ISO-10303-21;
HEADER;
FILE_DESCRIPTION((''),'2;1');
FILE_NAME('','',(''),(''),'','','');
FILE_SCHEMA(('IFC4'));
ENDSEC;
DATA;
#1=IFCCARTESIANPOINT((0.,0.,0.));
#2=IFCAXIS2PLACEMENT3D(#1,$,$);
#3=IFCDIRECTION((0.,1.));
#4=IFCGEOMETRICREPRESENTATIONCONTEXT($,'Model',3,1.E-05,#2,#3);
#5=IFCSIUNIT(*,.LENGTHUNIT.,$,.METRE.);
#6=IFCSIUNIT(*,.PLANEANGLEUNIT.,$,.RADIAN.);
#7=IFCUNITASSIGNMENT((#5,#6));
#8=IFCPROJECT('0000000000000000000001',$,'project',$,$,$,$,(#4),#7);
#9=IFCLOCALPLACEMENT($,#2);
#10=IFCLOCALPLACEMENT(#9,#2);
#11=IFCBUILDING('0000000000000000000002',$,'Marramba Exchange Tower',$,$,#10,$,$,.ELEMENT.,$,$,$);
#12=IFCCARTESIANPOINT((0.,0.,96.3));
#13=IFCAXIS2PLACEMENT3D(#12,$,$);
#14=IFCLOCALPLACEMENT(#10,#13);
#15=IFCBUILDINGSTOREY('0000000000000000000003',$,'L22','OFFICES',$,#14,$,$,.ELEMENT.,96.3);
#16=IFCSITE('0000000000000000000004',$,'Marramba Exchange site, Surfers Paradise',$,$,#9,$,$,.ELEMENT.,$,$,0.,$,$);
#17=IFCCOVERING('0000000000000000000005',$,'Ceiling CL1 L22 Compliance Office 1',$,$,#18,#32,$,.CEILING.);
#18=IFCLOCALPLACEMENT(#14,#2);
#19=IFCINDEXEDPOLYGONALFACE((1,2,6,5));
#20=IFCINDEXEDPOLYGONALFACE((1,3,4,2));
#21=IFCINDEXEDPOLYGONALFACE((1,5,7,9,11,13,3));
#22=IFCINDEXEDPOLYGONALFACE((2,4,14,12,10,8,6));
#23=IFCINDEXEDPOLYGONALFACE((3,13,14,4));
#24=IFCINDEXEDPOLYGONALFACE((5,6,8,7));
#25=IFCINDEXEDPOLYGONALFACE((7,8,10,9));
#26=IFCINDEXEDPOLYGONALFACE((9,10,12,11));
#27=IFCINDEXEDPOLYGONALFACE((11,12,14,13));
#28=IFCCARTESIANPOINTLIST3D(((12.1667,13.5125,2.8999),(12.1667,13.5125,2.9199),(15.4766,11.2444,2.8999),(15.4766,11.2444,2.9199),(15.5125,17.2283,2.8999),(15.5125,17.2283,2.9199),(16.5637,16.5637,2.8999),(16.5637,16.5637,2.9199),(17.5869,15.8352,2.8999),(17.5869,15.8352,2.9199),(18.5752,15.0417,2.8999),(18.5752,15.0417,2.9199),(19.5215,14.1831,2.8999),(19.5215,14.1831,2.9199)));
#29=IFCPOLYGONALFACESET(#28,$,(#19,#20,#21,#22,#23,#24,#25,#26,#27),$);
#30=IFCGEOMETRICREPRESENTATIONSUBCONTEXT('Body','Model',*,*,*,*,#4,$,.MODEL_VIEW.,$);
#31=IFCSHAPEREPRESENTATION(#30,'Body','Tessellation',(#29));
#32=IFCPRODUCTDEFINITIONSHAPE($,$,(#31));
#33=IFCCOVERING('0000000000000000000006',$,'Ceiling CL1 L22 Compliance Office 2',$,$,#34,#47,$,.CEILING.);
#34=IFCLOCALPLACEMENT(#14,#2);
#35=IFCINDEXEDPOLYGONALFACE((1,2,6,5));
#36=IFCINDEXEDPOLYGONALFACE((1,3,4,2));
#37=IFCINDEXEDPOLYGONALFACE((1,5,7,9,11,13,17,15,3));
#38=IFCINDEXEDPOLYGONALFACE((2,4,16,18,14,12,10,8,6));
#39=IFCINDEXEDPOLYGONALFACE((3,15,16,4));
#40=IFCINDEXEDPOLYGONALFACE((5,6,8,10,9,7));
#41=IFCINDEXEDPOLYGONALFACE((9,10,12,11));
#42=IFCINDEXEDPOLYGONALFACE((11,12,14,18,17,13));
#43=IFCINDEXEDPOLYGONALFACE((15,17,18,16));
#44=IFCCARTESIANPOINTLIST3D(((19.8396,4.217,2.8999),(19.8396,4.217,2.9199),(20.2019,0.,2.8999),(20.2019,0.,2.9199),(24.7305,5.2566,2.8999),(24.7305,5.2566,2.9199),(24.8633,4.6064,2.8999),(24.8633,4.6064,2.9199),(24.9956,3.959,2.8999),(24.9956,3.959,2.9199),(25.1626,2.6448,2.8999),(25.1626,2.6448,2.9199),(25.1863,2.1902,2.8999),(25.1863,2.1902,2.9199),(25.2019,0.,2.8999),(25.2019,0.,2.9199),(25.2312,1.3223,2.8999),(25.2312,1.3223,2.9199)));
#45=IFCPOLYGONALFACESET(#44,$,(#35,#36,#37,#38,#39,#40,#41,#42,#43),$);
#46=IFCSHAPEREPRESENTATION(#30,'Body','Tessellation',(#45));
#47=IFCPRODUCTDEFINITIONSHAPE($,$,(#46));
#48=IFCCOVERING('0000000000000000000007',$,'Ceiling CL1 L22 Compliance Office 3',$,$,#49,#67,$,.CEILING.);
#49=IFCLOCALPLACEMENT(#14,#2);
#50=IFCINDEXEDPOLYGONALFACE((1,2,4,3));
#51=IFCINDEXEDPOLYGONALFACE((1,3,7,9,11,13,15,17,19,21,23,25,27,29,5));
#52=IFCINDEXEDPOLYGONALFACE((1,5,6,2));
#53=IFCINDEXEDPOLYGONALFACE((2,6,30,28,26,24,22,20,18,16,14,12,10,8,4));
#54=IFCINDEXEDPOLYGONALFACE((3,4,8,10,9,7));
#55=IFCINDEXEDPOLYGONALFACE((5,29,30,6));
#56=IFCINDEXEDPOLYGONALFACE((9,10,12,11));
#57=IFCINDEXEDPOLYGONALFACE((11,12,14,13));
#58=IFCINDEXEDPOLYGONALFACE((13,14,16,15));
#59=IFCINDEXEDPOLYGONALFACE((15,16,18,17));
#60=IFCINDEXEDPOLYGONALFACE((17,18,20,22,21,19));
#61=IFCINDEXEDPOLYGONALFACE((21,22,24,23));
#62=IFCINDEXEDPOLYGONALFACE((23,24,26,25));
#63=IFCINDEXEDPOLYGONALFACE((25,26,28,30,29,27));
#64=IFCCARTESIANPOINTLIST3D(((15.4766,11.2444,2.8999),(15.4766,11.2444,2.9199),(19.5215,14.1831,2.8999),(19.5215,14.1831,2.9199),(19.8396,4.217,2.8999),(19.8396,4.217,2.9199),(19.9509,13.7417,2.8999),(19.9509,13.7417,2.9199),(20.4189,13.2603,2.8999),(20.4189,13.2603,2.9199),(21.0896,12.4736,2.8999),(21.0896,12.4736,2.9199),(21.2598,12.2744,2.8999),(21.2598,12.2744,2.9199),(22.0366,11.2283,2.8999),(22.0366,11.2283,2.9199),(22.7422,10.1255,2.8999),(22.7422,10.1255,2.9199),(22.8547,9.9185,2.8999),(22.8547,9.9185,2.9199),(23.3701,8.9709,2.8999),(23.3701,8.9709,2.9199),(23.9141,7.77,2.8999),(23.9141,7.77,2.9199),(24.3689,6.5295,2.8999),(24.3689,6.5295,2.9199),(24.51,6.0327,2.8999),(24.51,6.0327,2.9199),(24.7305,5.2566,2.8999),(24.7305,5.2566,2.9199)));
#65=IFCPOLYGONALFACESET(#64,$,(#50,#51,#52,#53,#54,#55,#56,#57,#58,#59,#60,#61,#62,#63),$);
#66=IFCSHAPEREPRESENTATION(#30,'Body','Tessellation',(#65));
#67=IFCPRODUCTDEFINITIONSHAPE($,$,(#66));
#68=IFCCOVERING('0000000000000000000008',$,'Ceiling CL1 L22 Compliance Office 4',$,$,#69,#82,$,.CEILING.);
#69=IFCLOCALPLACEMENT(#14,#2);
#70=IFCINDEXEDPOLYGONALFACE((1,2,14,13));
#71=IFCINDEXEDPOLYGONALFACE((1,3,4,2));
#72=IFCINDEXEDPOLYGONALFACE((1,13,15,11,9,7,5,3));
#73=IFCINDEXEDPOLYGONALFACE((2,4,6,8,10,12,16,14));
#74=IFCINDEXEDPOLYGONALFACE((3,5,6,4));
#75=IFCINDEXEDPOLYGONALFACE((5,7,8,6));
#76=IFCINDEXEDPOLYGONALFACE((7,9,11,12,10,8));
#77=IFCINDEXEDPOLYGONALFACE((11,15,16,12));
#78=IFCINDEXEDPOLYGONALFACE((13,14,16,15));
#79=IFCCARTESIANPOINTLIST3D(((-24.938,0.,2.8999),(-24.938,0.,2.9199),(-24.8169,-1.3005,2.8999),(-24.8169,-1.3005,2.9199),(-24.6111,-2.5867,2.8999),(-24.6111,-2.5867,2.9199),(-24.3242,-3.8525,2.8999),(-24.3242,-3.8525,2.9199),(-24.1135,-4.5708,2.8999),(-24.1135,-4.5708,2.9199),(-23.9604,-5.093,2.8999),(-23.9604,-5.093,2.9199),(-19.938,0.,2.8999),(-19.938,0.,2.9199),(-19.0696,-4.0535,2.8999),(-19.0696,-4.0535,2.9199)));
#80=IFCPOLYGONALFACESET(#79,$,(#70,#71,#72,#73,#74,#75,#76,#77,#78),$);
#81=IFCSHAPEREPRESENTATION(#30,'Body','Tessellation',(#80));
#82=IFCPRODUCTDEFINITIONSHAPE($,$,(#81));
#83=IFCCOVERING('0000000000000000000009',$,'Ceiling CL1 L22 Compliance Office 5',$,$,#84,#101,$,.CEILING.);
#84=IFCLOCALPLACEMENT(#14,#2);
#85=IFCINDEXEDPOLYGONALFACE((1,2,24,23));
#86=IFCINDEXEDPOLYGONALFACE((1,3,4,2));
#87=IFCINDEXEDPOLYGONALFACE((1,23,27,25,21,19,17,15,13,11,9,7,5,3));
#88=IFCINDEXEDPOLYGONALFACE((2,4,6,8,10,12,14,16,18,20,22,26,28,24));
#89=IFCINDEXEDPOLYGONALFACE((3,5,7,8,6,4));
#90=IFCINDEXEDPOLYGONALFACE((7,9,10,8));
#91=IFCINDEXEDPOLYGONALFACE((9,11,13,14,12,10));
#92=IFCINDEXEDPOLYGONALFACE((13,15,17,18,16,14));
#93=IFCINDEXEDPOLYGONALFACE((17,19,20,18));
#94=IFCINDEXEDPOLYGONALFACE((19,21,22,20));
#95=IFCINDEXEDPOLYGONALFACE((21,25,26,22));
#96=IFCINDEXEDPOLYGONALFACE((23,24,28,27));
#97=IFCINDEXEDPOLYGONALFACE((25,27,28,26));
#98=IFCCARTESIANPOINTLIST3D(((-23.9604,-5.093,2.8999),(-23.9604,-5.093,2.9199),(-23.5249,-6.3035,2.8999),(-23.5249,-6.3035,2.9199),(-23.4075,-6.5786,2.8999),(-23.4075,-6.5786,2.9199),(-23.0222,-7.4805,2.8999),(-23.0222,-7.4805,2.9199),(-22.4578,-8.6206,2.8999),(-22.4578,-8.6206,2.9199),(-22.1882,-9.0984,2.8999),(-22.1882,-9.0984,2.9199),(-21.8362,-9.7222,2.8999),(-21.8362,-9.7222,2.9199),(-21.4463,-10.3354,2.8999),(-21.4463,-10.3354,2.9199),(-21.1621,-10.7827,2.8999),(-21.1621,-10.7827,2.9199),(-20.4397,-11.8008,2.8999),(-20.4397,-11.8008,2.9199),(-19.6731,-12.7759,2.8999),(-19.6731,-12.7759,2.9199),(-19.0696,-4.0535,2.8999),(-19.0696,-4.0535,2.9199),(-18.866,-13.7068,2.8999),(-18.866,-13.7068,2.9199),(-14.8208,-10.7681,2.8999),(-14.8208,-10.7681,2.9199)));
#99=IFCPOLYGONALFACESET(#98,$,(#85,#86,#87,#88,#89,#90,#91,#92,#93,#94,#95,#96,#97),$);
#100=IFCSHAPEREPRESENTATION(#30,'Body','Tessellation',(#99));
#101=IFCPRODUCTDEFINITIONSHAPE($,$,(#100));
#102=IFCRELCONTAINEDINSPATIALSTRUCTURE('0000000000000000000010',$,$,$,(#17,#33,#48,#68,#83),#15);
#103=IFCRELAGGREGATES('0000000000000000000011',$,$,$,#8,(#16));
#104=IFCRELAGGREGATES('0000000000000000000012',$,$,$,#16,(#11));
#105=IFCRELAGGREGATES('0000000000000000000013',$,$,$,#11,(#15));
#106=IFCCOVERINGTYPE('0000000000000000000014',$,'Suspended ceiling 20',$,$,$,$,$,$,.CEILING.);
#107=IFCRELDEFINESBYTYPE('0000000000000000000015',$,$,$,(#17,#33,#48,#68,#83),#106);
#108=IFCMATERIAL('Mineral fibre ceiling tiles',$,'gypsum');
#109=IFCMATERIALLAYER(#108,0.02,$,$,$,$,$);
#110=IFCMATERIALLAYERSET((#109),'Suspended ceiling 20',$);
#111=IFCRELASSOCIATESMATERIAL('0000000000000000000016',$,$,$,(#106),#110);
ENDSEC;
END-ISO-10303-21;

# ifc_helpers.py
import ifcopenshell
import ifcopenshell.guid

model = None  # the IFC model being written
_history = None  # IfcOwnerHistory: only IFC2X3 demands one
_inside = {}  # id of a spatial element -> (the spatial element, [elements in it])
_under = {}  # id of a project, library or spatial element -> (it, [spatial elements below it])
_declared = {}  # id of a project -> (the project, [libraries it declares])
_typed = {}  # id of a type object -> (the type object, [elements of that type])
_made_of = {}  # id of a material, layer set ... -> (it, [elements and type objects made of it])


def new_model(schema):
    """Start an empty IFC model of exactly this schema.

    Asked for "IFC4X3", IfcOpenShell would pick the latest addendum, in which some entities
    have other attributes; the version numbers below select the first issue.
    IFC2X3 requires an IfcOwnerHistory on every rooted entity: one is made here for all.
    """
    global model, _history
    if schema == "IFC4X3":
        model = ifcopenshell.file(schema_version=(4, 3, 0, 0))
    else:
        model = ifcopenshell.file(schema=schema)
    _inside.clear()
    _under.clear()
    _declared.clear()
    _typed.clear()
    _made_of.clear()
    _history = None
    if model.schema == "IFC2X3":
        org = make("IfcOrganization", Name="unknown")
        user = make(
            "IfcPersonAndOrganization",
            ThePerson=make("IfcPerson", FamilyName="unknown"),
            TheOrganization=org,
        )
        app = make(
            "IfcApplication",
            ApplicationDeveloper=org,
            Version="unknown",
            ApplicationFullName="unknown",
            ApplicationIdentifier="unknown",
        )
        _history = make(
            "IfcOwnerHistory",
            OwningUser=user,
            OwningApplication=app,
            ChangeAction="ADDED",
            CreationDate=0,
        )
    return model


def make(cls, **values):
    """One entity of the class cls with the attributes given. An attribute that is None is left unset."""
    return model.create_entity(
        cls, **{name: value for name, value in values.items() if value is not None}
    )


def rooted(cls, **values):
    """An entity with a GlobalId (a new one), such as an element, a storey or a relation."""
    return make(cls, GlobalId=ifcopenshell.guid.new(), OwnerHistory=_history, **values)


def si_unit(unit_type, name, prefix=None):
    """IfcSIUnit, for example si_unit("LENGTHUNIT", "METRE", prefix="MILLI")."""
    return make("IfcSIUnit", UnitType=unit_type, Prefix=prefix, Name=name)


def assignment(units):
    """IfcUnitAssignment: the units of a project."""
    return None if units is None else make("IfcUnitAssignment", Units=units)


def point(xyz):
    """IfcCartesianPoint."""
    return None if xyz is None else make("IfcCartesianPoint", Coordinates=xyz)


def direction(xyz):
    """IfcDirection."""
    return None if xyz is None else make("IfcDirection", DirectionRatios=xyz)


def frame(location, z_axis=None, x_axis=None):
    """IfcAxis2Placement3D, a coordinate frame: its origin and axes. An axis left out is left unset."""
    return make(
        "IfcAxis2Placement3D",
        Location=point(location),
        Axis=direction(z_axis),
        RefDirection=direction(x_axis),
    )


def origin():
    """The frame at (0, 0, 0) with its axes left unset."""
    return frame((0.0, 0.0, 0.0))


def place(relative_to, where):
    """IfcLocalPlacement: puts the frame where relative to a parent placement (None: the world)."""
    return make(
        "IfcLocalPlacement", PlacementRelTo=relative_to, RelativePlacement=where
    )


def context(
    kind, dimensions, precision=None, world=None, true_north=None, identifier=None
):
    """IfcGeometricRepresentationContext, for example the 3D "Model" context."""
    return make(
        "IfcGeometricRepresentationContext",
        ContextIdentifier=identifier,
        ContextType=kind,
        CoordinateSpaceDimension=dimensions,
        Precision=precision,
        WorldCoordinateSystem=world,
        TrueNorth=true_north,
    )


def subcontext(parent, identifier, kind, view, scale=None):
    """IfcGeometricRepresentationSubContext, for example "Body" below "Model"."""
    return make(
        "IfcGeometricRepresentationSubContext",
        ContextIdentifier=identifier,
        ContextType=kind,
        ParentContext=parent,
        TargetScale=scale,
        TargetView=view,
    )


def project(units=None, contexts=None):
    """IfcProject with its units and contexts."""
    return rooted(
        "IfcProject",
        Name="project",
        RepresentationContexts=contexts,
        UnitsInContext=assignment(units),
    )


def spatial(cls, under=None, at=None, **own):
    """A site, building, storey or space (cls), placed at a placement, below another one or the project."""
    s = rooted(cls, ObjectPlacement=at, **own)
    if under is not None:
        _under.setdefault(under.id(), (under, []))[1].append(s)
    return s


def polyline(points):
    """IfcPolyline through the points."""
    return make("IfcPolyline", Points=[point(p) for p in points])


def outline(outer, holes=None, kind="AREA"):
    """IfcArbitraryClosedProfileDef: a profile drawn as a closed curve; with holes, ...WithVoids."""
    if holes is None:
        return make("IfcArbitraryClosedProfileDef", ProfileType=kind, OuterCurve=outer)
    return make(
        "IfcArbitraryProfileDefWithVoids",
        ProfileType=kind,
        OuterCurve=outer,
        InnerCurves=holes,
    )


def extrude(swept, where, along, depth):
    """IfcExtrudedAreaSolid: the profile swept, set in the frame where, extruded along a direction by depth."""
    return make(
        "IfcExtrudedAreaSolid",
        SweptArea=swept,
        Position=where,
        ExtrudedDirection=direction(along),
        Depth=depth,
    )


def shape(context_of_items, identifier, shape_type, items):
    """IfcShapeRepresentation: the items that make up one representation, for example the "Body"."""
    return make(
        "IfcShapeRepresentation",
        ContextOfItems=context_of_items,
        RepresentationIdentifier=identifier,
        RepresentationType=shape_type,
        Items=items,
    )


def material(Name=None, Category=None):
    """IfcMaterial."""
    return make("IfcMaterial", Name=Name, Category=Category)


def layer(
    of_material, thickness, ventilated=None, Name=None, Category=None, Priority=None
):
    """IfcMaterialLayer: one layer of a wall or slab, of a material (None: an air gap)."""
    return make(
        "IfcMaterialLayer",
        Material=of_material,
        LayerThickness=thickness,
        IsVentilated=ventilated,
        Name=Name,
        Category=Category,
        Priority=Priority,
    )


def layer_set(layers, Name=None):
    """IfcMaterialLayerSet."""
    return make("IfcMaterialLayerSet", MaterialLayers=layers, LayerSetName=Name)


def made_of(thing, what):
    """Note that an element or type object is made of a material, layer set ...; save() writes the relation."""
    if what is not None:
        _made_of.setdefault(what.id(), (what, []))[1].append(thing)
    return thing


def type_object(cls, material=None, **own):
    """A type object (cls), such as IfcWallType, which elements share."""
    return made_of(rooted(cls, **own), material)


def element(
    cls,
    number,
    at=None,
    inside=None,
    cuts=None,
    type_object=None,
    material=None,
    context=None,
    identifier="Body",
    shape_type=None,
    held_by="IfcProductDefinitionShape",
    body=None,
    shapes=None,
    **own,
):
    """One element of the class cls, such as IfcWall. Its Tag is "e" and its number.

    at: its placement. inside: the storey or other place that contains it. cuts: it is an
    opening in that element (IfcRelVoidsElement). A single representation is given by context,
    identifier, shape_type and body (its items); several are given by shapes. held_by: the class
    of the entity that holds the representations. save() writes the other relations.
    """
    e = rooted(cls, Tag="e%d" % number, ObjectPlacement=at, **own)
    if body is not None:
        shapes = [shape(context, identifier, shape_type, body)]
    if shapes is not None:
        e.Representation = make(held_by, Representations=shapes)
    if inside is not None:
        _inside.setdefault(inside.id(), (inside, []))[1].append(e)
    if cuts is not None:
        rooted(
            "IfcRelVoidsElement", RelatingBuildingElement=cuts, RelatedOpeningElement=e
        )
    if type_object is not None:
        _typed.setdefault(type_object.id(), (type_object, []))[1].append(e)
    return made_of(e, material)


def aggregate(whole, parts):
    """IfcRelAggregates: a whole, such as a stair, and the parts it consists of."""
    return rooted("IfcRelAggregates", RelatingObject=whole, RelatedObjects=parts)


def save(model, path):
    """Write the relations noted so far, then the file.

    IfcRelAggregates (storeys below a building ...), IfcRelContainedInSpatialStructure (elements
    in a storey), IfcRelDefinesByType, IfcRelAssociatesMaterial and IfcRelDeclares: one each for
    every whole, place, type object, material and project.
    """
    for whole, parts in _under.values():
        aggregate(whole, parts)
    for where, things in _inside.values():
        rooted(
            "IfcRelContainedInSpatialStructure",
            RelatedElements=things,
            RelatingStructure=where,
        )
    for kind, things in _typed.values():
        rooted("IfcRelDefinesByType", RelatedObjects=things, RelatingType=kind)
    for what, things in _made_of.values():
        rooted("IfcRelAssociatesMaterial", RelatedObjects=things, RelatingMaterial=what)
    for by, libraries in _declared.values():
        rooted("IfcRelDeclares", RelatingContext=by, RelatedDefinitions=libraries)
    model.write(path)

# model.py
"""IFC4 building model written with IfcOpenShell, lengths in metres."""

from ifc_helpers import new_model, si_unit, direction, frame, origin, place, context, subcontext, project, spatial, polyline, outline, extrude, material, layer, layer_set, type_object, element, save


model = new_model("IFC4")

# Units and contexts
model_context = context("Model", 3, precision=1e-05, world=origin(), true_north=direction((0.0, 1.0)))
body_context = subcontext(model_context, "Body", "Model", "MODEL_VIEW")
ifc_project = project(units=[si_unit("LENGTHUNIT", "METRE"), si_unit("PLANEANGLEUNIT", "RADIAN")], contexts=[model_context])

# Site, building, storey
site_placement = place(None, origin())
site = spatial("IfcSite", under=ifc_project, at=site_placement, Name="Marramba Exchange site, Surfers Paradise", CompositionType="ELEMENT", RefElevation=0.0)
building_placement = place(site_placement, origin())
building = spatial("IfcBuilding", under=site, at=building_placement, Name="Marramba Exchange Tower", CompositionType="ELEMENT")
storey_placement = place(building_placement, frame((0.0, 0.0, 96.3)))
storey = spatial("IfcBuildingStorey", under=building, at=storey_placement, Name="L22", Description="OFFICES", CompositionType="ELEMENT", Elevation=96.3)

# Coverings
ifc_material_1 = material(Name="Mineral fibre ceiling tiles", Category="gypsum")
ifc_layer_1 = layer(ifc_material_1, 0.02)
ifc_layer_set_1 = layer_set([ifc_layer_1], Name="Suspended ceiling 20")
covering_type = type_object("IfcCoveringType", Name="Suspended ceiling 20", PredefinedType="CEILING", material=ifc_layer_set_1)
covering_1_placement = place(storey_placement, frame((0.0, 0.0, 2.8999)))
element("IfcCovering", 1, at=covering_1_placement, inside=storey, type_object=covering_type, Name="Ceiling CL1 L22 Compliance Office 1", PredefinedType="CEILING", context=body_context, shape_type="SweptSolid", body=[
    extrude(outline(polyline([(16.5637, 16.5637), (17.5869, 15.8352), (18.5752, 15.0417), (19.5215, 14.1831), (15.4766, 11.2444), (12.1667, 13.5125), (15.5125, 17.2283), (16.5637, 16.5637)])), origin(), (0.0, 0.0, 1.0), 0.02),
])
covering_2_placement = place(storey_placement, frame((0.0, 0.0, 2.8999)))
element("IfcCovering", 2, at=covering_2_placement, inside=storey, type_object=covering_type, Name="Ceiling CL1 L22 Compliance Office 2", PredefinedType="CEILING", context=body_context, shape_type="SweptSolid", body=[
    extrude(outline(polyline([(24.8633, 4.6064), (24.9956, 3.959), (25.1626, 2.6448), (25.1863, 2.1902), (25.2312, 1.3223), (25.2019, 0.0), (20.2019, 0.0), (19.8396, 4.217), (24.7305, 5.2566), (24.8633, 4.6064)])), origin(), (0.0, 0.0, 1.0), 0.02),
])
covering_3_placement = place(storey_placement, frame((0.0, 0.0, 2.8999)))
element("IfcCovering", 3, at=covering_3_placement, inside=storey, type_object=covering_type, Name="Ceiling CL1 L22 Compliance Office 3", PredefinedType="CEILING", context=body_context, shape_type="SweptSolid", body=[
    extrude(outline(polyline([(19.9509, 13.7417), (20.4189, 13.2603), (21.0896, 12.4736), (21.2598, 12.2744), (22.0366, 11.2283), (22.7422, 10.1255), (22.8547, 9.9185), (23.3701, 8.9709), (23.9141, 7.77), (24.3689, 6.5295), (24.51, 6.0327), (24.7305, 5.2566), (19.8396, 4.217), (15.4766, 11.2444), (19.5215, 14.1831), (19.9509, 13.7417)])), origin(), (0.0, 0.0, 1.0), 0.02),
])
covering_4_placement = place(storey_placement, frame((0.0, 0.0, 2.8999)))
element("IfcCovering", 4, at=covering_4_placement, inside=storey, type_object=covering_type, Name="Ceiling CL1 L22 Compliance Office 4", PredefinedType="CEILING", context=body_context, shape_type="SweptSolid", body=[
    extrude(outline(polyline([(-24.1135, -4.5708), (-24.3242, -3.8525), (-24.6111, -2.5867), (-24.8169, -1.3005), (-24.938, 0.0), (-19.938, 0.0), (-19.0696, -4.0535), (-23.9604, -5.093), (-24.1135, -4.5708)])), origin(), (0.0, 0.0, 1.0), 0.02),
])
covering_5_placement = place(storey_placement, frame((0.0, 0.0, 2.8999)))
element("IfcCovering", 5, at=covering_5_placement, inside=storey, type_object=covering_type, Name="Ceiling CL1 L22 Compliance Office 5", PredefinedType="CEILING", context=body_context, shape_type="SweptSolid", body=[
    extrude(outline(polyline([(-19.6731, -12.7759), (-20.4397, -11.8008), (-21.1621, -10.7827), (-21.4463, -10.3354), (-21.8362, -9.7222), (-22.1882, -9.0984), (-22.4578, -8.6206), (-23.0222, -7.4805), (-23.4075, -6.5786), (-23.5249, -6.3035), (-23.9604, -5.093), (-19.0696, -4.0535), (-14.8208, -10.7681), (-18.866, -13.7068), (-19.6731, -12.7759)])), origin(), (0.0, 0.0, 1.0), 0.02),
])

save(model, "model.ifc")
